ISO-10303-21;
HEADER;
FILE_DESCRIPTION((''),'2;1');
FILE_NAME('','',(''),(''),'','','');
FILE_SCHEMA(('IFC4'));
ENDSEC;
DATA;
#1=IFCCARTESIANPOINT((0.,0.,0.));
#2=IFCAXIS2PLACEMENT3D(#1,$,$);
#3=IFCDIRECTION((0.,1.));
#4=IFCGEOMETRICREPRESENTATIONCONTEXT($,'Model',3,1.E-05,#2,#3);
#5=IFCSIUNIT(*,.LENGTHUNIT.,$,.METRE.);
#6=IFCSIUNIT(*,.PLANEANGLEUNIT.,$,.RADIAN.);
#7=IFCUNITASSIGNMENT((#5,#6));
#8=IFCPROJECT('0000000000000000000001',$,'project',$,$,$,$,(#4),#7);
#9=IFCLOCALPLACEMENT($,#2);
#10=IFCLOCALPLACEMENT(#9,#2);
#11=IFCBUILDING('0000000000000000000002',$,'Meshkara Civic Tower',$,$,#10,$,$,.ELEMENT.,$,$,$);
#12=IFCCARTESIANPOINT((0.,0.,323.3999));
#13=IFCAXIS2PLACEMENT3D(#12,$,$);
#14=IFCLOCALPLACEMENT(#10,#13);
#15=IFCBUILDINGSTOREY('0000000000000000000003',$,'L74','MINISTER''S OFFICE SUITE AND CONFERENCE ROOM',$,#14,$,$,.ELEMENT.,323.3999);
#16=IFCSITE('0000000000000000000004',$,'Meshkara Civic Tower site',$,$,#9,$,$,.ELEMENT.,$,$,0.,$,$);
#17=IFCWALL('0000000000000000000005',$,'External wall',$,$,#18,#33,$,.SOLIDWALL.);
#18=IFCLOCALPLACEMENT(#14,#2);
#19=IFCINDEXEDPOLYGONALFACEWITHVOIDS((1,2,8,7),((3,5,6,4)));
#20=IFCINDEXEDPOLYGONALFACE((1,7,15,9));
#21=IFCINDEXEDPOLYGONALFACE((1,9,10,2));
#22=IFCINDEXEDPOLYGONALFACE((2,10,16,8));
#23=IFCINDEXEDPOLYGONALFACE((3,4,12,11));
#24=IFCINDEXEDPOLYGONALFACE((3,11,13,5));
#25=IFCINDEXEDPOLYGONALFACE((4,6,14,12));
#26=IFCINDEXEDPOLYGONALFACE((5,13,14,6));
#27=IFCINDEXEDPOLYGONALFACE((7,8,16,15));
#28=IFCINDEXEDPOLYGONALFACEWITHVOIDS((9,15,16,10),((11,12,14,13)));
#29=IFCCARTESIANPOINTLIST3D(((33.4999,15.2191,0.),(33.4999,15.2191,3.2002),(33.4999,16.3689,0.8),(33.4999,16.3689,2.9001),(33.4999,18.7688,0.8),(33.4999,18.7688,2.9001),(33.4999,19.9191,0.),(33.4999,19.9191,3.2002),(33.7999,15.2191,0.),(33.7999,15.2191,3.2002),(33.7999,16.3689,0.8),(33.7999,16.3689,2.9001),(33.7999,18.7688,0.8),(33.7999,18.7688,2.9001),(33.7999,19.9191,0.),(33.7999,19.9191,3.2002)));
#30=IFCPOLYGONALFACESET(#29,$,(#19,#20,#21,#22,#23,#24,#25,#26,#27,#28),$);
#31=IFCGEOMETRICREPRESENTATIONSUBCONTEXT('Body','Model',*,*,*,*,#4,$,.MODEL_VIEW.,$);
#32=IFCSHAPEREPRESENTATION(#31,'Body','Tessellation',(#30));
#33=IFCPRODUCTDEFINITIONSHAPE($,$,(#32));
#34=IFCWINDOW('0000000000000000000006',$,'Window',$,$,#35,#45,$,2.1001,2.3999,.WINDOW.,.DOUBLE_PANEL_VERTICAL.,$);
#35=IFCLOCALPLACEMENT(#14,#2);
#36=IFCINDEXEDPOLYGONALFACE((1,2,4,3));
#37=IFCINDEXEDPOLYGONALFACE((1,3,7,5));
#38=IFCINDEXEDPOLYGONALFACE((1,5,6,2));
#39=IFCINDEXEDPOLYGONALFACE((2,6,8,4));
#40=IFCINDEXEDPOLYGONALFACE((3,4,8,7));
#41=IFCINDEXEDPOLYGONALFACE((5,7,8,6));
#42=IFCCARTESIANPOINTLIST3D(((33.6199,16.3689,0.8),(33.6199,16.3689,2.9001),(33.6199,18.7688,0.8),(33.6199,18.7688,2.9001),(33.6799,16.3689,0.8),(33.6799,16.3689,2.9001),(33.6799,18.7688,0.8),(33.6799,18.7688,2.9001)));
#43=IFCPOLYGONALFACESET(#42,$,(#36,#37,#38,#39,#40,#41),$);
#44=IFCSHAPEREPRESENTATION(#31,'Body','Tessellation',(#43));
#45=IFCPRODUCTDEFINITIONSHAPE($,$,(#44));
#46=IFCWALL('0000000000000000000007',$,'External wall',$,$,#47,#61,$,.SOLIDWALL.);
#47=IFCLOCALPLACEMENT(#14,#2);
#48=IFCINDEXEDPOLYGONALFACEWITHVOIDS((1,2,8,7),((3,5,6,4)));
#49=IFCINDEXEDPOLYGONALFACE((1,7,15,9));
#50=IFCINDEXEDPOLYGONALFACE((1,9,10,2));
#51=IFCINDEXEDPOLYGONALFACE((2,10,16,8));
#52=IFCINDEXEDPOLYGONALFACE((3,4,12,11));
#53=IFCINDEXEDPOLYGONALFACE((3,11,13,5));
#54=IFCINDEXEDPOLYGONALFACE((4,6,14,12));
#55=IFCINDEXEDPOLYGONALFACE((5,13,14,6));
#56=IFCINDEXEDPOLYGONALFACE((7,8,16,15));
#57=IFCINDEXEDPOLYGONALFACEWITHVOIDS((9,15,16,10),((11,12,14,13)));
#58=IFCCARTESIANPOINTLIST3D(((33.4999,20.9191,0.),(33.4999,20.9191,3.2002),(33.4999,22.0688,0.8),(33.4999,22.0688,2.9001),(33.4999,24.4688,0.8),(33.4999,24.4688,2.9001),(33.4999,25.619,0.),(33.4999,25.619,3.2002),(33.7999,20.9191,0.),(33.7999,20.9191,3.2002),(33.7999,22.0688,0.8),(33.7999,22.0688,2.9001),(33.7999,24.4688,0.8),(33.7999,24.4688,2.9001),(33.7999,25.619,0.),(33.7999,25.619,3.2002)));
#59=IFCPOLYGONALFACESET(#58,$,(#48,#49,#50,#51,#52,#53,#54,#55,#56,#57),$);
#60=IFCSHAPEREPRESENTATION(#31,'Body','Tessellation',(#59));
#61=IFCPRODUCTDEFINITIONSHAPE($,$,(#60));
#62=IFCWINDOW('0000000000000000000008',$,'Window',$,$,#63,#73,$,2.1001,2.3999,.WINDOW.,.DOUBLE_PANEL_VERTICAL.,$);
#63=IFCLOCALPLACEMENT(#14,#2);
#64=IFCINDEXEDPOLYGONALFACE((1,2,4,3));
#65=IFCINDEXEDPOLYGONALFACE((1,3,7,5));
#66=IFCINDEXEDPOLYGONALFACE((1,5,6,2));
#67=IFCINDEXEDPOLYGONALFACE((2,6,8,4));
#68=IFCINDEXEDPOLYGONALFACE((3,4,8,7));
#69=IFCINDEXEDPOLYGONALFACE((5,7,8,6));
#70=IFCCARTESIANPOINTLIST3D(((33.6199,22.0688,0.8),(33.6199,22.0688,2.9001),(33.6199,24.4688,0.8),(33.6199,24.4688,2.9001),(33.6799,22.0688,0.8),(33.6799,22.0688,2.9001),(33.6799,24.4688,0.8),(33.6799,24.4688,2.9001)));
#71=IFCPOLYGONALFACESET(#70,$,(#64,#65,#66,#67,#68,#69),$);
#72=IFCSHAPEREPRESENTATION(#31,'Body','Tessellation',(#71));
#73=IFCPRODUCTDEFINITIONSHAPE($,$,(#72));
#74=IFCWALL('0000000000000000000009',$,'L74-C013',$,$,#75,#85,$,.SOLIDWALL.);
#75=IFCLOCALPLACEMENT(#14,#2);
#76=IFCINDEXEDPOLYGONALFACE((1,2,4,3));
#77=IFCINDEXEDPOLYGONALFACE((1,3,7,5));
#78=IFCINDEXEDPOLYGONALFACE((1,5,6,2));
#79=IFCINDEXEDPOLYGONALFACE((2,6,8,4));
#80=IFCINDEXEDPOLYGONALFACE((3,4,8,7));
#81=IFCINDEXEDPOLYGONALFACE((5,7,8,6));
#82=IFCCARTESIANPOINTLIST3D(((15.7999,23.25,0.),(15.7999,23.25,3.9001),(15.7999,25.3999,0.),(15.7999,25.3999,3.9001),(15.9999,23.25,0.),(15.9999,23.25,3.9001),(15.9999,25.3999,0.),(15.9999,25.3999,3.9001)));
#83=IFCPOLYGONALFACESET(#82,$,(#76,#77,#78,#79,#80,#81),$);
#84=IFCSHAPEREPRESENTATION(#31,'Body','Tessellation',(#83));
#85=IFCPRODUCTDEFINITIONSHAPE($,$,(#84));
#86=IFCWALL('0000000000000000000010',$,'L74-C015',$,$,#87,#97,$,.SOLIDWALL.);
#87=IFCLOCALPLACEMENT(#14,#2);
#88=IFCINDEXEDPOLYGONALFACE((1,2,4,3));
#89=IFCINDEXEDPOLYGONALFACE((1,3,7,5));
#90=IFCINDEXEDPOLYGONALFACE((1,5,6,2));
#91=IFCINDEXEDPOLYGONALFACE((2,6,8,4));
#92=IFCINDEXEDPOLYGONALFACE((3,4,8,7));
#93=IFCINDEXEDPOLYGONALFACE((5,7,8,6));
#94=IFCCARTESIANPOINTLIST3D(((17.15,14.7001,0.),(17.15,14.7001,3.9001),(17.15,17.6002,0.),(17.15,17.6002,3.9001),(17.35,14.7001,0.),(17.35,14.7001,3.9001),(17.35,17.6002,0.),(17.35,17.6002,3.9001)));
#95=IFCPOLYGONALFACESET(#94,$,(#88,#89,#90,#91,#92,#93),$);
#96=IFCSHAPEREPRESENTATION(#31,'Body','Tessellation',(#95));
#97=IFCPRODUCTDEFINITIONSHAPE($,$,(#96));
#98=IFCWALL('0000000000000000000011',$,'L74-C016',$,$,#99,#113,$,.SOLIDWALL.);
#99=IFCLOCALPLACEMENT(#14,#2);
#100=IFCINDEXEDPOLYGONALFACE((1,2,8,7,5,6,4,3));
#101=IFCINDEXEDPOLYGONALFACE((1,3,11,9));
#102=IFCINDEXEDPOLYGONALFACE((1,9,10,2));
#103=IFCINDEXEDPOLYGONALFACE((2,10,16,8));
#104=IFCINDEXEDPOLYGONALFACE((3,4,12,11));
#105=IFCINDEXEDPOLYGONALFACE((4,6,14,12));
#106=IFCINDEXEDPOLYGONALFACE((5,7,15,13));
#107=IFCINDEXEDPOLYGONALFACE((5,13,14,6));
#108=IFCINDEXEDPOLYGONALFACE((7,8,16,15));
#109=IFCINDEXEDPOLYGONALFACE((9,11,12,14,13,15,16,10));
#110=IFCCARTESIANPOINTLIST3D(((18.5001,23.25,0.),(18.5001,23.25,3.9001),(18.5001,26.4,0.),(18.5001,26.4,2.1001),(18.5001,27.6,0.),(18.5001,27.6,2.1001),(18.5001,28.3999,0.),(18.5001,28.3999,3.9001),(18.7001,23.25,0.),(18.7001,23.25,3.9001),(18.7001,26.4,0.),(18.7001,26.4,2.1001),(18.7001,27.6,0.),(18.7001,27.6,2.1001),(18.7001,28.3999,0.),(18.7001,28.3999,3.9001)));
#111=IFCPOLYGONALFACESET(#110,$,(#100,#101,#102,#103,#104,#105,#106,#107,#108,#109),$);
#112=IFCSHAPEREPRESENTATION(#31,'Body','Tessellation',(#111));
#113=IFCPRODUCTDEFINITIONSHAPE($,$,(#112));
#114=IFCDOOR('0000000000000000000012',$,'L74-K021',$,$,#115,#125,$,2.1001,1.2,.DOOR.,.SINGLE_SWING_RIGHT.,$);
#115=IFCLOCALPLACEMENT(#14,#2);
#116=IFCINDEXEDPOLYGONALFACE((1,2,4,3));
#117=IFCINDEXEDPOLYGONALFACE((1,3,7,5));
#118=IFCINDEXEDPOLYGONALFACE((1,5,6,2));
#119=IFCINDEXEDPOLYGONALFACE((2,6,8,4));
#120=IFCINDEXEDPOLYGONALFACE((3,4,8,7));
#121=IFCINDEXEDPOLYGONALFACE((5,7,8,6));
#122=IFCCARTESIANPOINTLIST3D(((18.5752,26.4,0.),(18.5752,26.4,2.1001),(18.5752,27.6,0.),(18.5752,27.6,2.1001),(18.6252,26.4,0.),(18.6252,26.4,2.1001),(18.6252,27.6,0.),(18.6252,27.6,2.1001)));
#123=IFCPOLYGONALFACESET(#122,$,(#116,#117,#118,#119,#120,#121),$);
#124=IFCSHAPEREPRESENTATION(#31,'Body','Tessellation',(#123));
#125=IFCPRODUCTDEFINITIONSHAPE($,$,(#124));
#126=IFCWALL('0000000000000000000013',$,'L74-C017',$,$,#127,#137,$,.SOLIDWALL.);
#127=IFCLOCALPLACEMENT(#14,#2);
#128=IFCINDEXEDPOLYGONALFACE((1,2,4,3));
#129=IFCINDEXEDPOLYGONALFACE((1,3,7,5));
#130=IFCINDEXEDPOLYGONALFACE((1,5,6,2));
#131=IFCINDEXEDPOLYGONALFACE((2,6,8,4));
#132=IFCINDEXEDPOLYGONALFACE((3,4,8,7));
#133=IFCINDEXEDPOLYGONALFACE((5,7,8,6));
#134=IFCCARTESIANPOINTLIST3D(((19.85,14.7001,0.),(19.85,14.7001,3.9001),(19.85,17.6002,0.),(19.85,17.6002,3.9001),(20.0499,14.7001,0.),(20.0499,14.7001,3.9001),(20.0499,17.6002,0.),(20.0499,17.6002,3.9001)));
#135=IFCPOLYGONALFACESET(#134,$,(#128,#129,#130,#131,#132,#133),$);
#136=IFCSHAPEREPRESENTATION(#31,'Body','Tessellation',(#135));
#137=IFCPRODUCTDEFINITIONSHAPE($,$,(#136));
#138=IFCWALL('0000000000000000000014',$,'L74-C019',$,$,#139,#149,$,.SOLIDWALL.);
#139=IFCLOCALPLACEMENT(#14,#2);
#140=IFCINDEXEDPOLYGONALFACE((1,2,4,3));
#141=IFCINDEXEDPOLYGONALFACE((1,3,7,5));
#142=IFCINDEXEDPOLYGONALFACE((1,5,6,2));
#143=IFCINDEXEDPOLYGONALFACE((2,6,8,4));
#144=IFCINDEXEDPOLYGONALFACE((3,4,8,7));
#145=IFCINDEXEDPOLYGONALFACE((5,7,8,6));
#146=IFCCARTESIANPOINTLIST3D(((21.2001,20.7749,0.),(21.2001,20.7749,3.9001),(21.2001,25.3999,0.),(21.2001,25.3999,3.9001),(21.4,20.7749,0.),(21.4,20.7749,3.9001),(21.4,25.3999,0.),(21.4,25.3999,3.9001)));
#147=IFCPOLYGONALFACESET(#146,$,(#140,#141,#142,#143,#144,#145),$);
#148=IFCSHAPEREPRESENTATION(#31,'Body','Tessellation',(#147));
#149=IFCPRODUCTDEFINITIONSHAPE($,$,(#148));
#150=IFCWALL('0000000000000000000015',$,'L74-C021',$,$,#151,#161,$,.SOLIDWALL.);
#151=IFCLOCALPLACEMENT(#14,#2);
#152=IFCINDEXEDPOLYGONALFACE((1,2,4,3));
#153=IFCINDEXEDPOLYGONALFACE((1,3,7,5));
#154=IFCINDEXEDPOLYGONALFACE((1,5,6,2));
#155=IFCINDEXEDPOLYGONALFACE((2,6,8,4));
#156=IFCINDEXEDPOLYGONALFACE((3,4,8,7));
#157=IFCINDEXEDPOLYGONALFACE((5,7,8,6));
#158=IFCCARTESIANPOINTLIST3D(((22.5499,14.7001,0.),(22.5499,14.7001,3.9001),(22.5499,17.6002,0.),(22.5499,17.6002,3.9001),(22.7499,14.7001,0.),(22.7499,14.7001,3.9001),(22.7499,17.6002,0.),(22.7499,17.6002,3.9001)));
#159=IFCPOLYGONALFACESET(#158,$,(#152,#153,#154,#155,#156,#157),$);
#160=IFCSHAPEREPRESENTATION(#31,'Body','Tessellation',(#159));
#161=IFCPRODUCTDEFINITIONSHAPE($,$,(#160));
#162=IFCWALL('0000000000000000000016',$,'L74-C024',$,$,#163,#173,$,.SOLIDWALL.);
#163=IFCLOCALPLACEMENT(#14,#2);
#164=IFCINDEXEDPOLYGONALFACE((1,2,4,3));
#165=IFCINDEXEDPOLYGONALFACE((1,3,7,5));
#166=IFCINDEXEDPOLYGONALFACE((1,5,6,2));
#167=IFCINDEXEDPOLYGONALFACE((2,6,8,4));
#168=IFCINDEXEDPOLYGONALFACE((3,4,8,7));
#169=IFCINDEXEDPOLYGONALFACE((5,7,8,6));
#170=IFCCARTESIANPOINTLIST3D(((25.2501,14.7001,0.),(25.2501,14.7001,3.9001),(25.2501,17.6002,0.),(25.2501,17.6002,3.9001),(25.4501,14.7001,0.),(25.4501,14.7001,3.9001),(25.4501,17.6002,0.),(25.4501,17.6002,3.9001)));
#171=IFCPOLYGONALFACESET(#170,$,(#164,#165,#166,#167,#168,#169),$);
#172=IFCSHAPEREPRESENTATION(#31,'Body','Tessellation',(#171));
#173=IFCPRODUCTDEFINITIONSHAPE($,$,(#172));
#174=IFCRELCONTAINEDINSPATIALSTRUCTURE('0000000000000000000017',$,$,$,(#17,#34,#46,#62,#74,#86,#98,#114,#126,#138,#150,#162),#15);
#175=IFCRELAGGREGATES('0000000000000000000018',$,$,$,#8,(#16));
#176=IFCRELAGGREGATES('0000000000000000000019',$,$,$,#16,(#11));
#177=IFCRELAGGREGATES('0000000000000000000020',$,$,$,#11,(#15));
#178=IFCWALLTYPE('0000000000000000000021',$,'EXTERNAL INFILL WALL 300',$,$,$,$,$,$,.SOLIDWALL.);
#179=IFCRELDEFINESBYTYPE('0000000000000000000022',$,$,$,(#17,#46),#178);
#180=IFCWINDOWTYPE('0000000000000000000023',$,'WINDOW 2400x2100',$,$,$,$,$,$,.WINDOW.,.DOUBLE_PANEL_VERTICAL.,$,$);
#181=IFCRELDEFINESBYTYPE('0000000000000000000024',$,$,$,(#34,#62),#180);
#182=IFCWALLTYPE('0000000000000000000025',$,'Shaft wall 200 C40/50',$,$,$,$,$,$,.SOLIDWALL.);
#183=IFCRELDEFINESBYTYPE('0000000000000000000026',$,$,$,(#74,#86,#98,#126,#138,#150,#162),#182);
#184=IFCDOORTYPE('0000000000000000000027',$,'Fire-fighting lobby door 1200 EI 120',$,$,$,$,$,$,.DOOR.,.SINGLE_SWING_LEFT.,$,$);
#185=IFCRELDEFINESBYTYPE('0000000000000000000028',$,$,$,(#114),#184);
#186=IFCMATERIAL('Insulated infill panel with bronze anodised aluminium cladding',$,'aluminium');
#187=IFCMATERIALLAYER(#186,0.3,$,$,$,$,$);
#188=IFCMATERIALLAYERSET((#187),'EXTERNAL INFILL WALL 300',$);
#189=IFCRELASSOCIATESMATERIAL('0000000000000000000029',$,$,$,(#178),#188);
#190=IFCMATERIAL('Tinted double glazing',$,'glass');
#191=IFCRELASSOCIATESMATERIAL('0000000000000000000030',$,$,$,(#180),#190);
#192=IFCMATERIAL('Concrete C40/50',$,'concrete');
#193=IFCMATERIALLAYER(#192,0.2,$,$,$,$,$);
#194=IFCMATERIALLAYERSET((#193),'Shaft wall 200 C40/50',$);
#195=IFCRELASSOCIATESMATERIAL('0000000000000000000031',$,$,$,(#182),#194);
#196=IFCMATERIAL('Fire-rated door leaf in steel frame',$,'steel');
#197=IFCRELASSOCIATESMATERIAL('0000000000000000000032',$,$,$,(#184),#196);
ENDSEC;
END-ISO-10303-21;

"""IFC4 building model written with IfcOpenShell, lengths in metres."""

from ifc_helpers import new_model, si_unit, direction, frame, frame_2d, origin, place, context, subcontext, project, spatial, rectangle, extrude, material, layer, layer_set, type_object, element, fill, save


model = new_model("IFC4")

# Units and contexts
model_context = context("Model", 3, precision=1e-05, world=origin(), true_north=direction((0.0, 1.0)))
body_context = subcontext(model_context, "Body", "Model", "MODEL_VIEW")
ifc_project = project(units=[si_unit("LENGTHUNIT", "METRE"), si_unit("PLANEANGLEUNIT", "RADIAN")], contexts=[model_context])

# Site, building, storey
site_placement = place(None, origin())
site = spatial("IfcSite", under=ifc_project, at=site_placement, Name="Meshkara Civic Tower site", CompositionType="ELEMENT", RefElevation=0.0)
building_placement = place(site_placement, origin())
building = spatial("IfcBuilding", under=site, at=building_placement, Name="Meshkara Civic Tower", CompositionType="ELEMENT")
storey_placement = place(building_placement, frame((0.0, 0.0, 323.3999)))
storey = spatial("IfcBuildingStorey", under=building, at=storey_placement, Name="L74", Description="MINISTER'S OFFICE SUITE AND CONFERENCE ROOM", CompositionType="ELEMENT", Elevation=323.3999)

# Walls, openings, windows
ifc_material_1 = material(Name="Insulated infill panel with bronze anodised aluminium cladding", Category="aluminium")
ifc_layer_1 = layer(ifc_material_1, 0.3)
ifc_layer_set_1 = layer_set([ifc_layer_1], Name="EXTERNAL INFILL WALL 300")
wall_type_1 = type_object("IfcWallType", Name="EXTERNAL INFILL WALL 300", PredefinedType="SOLIDWALL", material=ifc_layer_set_1)
ifc_material_2 = material(Name="Tinted double glazing", Category="glass")
window_type = type_object("IfcWindowType", Name="WINDOW 2400x2100", PartitioningType="DOUBLE_PANEL_VERTICAL", PredefinedType="WINDOW", material=ifc_material_2)
wall_1_placement = place(storey_placement, frame((33.6499, 15.219, 0.0), z_axis=(0.0, 0.0, 1.0), x_axis=(0.0, 1.0, 0.0)))
wall_1 = element("IfcWall", 1, at=wall_1_placement, inside=storey, type_object=wall_type_1, Name="External wall", PredefinedType="SOLIDWALL", context=body_context, shape_type="SweptSolid", body=[
    extrude(rectangle(XDim=4.7, YDim=0.3, at=frame_2d((2.3501, 0.0))), origin(), (0.0, 0.0, 1.0), 3.2002),
])
opening_1_placement = place(wall_1_placement, frame((1.1499, 0.0, 0.8)))
opening_1 = element("IfcOpeningElement", 2, at=opening_1_placement, cuts=wall_1, PredefinedType="OPENING", context=body_context, shape_type="SweptSolid", body=[
    extrude(rectangle(XDim=2.3999, YDim=2.1001, at=frame_2d((1.2, 1.05))), frame((0.0, 0.1599, 0.0), z_axis=(0.0, -1.0, 0.0), x_axis=(1.0, 0.0, 0.0)), (0.0, 0.0, 1.0), 0.3201),
])
window_1_placement = place(opening_1_placement, origin())
window_1 = element("IfcWindow", 3, at=window_1_placement, inside=storey, type_object=window_type, Name="Window", OverallHeight=2.1001, OverallWidth=2.3999, PartitioningType="DOUBLE_PANEL_VERTICAL", PredefinedType="WINDOW", context=body_context, shape_type="SweptSolid", body=[
    extrude(rectangle(XDim=2.3999, YDim=2.1001, at=frame_2d((1.2, 1.05))), frame((0.0, 0.03, 0.0), z_axis=(0.0, -1.0, 0.0), x_axis=(1.0, 0.0, 0.0)), (0.0, 0.0, 1.0), 0.0601),
])
fill(opening_1, window_1)
wall_2_placement = place(storey_placement, frame((33.6499, 20.9189, 0.0), z_axis=(0.0, 0.0, 1.0), x_axis=(0.0, 1.0, 0.0)))
wall_2 = element("IfcWall", 4, at=wall_2_placement, inside=storey, type_object=wall_type_1, Name="External wall", PredefinedType="SOLIDWALL", context=body_context, shape_type="SweptSolid", body=[
    extrude(rectangle(XDim=4.7, YDim=0.3, at=frame_2d((2.3501, 0.0))), origin(), (0.0, 0.0, 1.0), 3.2002),
])
opening_2_placement = place(wall_2_placement, frame((1.1499, 0.0, 0.8)))
opening_2 = element("IfcOpeningElement", 5, at=opening_2_placement, cuts=wall_2, PredefinedType="OPENING", context=body_context, shape_type="SweptSolid", body=[
    extrude(rectangle(XDim=2.3999, YDim=2.1001, at=frame_2d((1.2, 1.05))), frame((0.0, 0.1599, 0.0), z_axis=(0.0, -1.0, 0.0), x_axis=(1.0, 0.0, 0.0)), (0.0, 0.0, 1.0), 0.3201),
])
window_2_placement = place(opening_2_placement, origin())
window_2 = element("IfcWindow", 6, at=window_2_placement, inside=storey, type_object=window_type, Name="Window", OverallHeight=2.1001, OverallWidth=2.3999, PartitioningType="DOUBLE_PANEL_VERTICAL", PredefinedType="WINDOW", context=body_context, shape_type="SweptSolid", body=[
    extrude(rectangle(XDim=2.3999, YDim=2.1001, at=frame_2d((1.2, 1.05))), frame((0.0, 0.03, 0.0), z_axis=(0.0, -1.0, 0.0), x_axis=(1.0, 0.0, 0.0)), (0.0, 0.0, 1.0), 0.0601),
])
fill(opening_2, window_2)

# Walls
ifc_material_3 = material(Name="Concrete C40/50", Category="concrete")
ifc_layer_2 = layer(ifc_material_3, 0.2)
ifc_layer_set_2 = layer_set([ifc_layer_2], Name="Shaft wall 200 C40/50")
wall_type_2 = type_object("IfcWallType", Name="Shaft wall 200 C40/50", PredefinedType="SOLIDWALL", material=ifc_layer_set_2)
wall_3_placement = place(storey_placement, frame((15.8999, 23.25, 0.0), z_axis=(0.0, 0.0, 1.0), x_axis=(0.0, 1.0, 0.0)))
element("IfcWall", 7, at=wall_3_placement, inside=storey, type_object=wall_type_2, Name="L74-C013", PredefinedType="SOLIDWALL", context=body_context, shape_type="SweptSolid", body=[
    extrude(rectangle(XDim=2.1499, YDim=0.2, at=frame_2d((1.075, 0.0))), origin(), (0.0, 0.0, 1.0), 3.9001),
])
wall_4_placement = place(storey_placement, frame((17.25, 14.7, 0.0), z_axis=(0.0, 0.0, 1.0), x_axis=(0.0, 1.0, 0.0)))
element("IfcWall", 8, at=wall_4_placement, inside=storey, type_object=wall_type_2, Name="L74-C015", PredefinedType="SOLIDWALL", context=body_context, shape_type="SweptSolid", body=[
    extrude(rectangle(XDim=2.9001, YDim=0.2, at=frame_2d((1.4502, 0.0))), origin(), (0.0, 0.0, 1.0), 3.9001),
])

# Wall, opening, door
wall_5_placement = place(storey_placement, frame((18.6001, 23.25, 0.0), z_axis=(0.0, 0.0, 1.0), x_axis=(0.0, 1.0, 0.0)))
wall_5 = element("IfcWall", 9, at=wall_5_placement, inside=storey, type_object=wall_type_2, Name="L74-C016", PredefinedType="SOLIDWALL", context=body_context, shape_type="SweptSolid", body=[
    extrude(rectangle(XDim=5.1499, YDim=0.2, at=frame_2d((2.575, 0.0))), origin(), (0.0, 0.0, 1.0), 3.9001),
])
opening_3_placement = place(wall_5_placement, frame((3.1499, 0.0, 0.0)))
opening_3 = element("IfcOpeningElement", 10, at=opening_3_placement, cuts=wall_5, PredefinedType="OPENING", context=body_context, shape_type="SweptSolid", body=[
    extrude(rectangle(XDim=1.2, YDim=2.1001, at=frame_2d((0.6001, 1.05))), frame((0.0, 0.1099, 0.0), z_axis=(0.0, -1.0, 0.0), x_axis=(1.0, 0.0, 0.0)), (0.0, 0.0, 1.0), 0.22),
])
ifc_material_4 = material(Name="Fire-rated door leaf in steel frame", Category="steel")
door_type_1 = type_object("IfcDoorType", Name="Fire-fighting lobby door 1200 EI 120", OperationType="SINGLE_SWING_LEFT", PredefinedType="DOOR", material=ifc_material_4)
door_1_placement = place(opening_3_placement, origin())
door_1 = element("IfcDoor", 11, at=door_1_placement, inside=storey, type_object=door_type_1, Name="L74-K021", OperationType="SINGLE_SWING_RIGHT", OverallHeight=2.1001, OverallWidth=1.2, PredefinedType="DOOR", context=body_context, shape_type="SweptSolid", body=[
    extrude(rectangle(XDim=1.2, YDim=2.1001, at=frame_2d((0.6001, 1.05))), frame((0.0, 0.0249, 0.0), z_axis=(0.0, -1.0, 0.0), x_axis=(1.0, 0.0, 0.0)), (0.0, 0.0, 1.0), 0.05),
])
fill(opening_3, door_1)

# Walls
wall_6_placement = place(storey_placement, frame((19.95, 14.7, 0.0), z_axis=(0.0, 0.0, 1.0), x_axis=(0.0, 1.0, 0.0)))
element("IfcWall", 12, at=wall_6_placement, inside=storey, type_object=wall_type_2, Name="L74-C017", PredefinedType="SOLIDWALL", context=body_context, shape_type="SweptSolid", body=[
    extrude(rectangle(XDim=2.9001, YDim=0.2, at=frame_2d((1.4502, 0.0))), origin(), (0.0, 0.0, 1.0), 3.9001),
])
wall_7_placement = place(storey_placement, frame((21.3, 20.7749, 0.0), z_axis=(0.0, 0.0, 1.0), x_axis=(0.0, 1.0, 0.0)))
element("IfcWall", 13, at=wall_7_placement, inside=storey, type_object=wall_type_2, Name="L74-C019", PredefinedType="SOLIDWALL", context=body_context, shape_type="SweptSolid", body=[
    extrude(rectangle(XDim=4.625, YDim=0.2, at=frame_2d((2.3125, 0.0))), origin(), (0.0, 0.0, 1.0), 3.9001),
])
for number, where, z_axis, x_axis, name in (
    (14, (22.6499, 14.7, 0.0), (0.0, 0.0, 1.0), (0.0, 1.0, 0.0), "L74-C021"),
    (15, (25.3501, 14.7, 0.0), (0.0, 0.0, 1.0), (0.0, 1.0, 0.0), "L74-C024"),
):
    element("IfcWall", number, at=place(storey_placement, frame(where, z_axis=z_axis, x_axis=x_axis)), inside=storey, type_object=wall_type_2, Name=name, PredefinedType="SOLIDWALL", context=body_context, shape_type="SweptSolid", body=[
        extrude(rectangle(XDim=2.9001, YDim=0.2, at=frame_2d((1.4502, 0.0))), origin(), (0.0, 0.0, 1.0), 3.9001),
    ])

save(model, "model.ifc")
